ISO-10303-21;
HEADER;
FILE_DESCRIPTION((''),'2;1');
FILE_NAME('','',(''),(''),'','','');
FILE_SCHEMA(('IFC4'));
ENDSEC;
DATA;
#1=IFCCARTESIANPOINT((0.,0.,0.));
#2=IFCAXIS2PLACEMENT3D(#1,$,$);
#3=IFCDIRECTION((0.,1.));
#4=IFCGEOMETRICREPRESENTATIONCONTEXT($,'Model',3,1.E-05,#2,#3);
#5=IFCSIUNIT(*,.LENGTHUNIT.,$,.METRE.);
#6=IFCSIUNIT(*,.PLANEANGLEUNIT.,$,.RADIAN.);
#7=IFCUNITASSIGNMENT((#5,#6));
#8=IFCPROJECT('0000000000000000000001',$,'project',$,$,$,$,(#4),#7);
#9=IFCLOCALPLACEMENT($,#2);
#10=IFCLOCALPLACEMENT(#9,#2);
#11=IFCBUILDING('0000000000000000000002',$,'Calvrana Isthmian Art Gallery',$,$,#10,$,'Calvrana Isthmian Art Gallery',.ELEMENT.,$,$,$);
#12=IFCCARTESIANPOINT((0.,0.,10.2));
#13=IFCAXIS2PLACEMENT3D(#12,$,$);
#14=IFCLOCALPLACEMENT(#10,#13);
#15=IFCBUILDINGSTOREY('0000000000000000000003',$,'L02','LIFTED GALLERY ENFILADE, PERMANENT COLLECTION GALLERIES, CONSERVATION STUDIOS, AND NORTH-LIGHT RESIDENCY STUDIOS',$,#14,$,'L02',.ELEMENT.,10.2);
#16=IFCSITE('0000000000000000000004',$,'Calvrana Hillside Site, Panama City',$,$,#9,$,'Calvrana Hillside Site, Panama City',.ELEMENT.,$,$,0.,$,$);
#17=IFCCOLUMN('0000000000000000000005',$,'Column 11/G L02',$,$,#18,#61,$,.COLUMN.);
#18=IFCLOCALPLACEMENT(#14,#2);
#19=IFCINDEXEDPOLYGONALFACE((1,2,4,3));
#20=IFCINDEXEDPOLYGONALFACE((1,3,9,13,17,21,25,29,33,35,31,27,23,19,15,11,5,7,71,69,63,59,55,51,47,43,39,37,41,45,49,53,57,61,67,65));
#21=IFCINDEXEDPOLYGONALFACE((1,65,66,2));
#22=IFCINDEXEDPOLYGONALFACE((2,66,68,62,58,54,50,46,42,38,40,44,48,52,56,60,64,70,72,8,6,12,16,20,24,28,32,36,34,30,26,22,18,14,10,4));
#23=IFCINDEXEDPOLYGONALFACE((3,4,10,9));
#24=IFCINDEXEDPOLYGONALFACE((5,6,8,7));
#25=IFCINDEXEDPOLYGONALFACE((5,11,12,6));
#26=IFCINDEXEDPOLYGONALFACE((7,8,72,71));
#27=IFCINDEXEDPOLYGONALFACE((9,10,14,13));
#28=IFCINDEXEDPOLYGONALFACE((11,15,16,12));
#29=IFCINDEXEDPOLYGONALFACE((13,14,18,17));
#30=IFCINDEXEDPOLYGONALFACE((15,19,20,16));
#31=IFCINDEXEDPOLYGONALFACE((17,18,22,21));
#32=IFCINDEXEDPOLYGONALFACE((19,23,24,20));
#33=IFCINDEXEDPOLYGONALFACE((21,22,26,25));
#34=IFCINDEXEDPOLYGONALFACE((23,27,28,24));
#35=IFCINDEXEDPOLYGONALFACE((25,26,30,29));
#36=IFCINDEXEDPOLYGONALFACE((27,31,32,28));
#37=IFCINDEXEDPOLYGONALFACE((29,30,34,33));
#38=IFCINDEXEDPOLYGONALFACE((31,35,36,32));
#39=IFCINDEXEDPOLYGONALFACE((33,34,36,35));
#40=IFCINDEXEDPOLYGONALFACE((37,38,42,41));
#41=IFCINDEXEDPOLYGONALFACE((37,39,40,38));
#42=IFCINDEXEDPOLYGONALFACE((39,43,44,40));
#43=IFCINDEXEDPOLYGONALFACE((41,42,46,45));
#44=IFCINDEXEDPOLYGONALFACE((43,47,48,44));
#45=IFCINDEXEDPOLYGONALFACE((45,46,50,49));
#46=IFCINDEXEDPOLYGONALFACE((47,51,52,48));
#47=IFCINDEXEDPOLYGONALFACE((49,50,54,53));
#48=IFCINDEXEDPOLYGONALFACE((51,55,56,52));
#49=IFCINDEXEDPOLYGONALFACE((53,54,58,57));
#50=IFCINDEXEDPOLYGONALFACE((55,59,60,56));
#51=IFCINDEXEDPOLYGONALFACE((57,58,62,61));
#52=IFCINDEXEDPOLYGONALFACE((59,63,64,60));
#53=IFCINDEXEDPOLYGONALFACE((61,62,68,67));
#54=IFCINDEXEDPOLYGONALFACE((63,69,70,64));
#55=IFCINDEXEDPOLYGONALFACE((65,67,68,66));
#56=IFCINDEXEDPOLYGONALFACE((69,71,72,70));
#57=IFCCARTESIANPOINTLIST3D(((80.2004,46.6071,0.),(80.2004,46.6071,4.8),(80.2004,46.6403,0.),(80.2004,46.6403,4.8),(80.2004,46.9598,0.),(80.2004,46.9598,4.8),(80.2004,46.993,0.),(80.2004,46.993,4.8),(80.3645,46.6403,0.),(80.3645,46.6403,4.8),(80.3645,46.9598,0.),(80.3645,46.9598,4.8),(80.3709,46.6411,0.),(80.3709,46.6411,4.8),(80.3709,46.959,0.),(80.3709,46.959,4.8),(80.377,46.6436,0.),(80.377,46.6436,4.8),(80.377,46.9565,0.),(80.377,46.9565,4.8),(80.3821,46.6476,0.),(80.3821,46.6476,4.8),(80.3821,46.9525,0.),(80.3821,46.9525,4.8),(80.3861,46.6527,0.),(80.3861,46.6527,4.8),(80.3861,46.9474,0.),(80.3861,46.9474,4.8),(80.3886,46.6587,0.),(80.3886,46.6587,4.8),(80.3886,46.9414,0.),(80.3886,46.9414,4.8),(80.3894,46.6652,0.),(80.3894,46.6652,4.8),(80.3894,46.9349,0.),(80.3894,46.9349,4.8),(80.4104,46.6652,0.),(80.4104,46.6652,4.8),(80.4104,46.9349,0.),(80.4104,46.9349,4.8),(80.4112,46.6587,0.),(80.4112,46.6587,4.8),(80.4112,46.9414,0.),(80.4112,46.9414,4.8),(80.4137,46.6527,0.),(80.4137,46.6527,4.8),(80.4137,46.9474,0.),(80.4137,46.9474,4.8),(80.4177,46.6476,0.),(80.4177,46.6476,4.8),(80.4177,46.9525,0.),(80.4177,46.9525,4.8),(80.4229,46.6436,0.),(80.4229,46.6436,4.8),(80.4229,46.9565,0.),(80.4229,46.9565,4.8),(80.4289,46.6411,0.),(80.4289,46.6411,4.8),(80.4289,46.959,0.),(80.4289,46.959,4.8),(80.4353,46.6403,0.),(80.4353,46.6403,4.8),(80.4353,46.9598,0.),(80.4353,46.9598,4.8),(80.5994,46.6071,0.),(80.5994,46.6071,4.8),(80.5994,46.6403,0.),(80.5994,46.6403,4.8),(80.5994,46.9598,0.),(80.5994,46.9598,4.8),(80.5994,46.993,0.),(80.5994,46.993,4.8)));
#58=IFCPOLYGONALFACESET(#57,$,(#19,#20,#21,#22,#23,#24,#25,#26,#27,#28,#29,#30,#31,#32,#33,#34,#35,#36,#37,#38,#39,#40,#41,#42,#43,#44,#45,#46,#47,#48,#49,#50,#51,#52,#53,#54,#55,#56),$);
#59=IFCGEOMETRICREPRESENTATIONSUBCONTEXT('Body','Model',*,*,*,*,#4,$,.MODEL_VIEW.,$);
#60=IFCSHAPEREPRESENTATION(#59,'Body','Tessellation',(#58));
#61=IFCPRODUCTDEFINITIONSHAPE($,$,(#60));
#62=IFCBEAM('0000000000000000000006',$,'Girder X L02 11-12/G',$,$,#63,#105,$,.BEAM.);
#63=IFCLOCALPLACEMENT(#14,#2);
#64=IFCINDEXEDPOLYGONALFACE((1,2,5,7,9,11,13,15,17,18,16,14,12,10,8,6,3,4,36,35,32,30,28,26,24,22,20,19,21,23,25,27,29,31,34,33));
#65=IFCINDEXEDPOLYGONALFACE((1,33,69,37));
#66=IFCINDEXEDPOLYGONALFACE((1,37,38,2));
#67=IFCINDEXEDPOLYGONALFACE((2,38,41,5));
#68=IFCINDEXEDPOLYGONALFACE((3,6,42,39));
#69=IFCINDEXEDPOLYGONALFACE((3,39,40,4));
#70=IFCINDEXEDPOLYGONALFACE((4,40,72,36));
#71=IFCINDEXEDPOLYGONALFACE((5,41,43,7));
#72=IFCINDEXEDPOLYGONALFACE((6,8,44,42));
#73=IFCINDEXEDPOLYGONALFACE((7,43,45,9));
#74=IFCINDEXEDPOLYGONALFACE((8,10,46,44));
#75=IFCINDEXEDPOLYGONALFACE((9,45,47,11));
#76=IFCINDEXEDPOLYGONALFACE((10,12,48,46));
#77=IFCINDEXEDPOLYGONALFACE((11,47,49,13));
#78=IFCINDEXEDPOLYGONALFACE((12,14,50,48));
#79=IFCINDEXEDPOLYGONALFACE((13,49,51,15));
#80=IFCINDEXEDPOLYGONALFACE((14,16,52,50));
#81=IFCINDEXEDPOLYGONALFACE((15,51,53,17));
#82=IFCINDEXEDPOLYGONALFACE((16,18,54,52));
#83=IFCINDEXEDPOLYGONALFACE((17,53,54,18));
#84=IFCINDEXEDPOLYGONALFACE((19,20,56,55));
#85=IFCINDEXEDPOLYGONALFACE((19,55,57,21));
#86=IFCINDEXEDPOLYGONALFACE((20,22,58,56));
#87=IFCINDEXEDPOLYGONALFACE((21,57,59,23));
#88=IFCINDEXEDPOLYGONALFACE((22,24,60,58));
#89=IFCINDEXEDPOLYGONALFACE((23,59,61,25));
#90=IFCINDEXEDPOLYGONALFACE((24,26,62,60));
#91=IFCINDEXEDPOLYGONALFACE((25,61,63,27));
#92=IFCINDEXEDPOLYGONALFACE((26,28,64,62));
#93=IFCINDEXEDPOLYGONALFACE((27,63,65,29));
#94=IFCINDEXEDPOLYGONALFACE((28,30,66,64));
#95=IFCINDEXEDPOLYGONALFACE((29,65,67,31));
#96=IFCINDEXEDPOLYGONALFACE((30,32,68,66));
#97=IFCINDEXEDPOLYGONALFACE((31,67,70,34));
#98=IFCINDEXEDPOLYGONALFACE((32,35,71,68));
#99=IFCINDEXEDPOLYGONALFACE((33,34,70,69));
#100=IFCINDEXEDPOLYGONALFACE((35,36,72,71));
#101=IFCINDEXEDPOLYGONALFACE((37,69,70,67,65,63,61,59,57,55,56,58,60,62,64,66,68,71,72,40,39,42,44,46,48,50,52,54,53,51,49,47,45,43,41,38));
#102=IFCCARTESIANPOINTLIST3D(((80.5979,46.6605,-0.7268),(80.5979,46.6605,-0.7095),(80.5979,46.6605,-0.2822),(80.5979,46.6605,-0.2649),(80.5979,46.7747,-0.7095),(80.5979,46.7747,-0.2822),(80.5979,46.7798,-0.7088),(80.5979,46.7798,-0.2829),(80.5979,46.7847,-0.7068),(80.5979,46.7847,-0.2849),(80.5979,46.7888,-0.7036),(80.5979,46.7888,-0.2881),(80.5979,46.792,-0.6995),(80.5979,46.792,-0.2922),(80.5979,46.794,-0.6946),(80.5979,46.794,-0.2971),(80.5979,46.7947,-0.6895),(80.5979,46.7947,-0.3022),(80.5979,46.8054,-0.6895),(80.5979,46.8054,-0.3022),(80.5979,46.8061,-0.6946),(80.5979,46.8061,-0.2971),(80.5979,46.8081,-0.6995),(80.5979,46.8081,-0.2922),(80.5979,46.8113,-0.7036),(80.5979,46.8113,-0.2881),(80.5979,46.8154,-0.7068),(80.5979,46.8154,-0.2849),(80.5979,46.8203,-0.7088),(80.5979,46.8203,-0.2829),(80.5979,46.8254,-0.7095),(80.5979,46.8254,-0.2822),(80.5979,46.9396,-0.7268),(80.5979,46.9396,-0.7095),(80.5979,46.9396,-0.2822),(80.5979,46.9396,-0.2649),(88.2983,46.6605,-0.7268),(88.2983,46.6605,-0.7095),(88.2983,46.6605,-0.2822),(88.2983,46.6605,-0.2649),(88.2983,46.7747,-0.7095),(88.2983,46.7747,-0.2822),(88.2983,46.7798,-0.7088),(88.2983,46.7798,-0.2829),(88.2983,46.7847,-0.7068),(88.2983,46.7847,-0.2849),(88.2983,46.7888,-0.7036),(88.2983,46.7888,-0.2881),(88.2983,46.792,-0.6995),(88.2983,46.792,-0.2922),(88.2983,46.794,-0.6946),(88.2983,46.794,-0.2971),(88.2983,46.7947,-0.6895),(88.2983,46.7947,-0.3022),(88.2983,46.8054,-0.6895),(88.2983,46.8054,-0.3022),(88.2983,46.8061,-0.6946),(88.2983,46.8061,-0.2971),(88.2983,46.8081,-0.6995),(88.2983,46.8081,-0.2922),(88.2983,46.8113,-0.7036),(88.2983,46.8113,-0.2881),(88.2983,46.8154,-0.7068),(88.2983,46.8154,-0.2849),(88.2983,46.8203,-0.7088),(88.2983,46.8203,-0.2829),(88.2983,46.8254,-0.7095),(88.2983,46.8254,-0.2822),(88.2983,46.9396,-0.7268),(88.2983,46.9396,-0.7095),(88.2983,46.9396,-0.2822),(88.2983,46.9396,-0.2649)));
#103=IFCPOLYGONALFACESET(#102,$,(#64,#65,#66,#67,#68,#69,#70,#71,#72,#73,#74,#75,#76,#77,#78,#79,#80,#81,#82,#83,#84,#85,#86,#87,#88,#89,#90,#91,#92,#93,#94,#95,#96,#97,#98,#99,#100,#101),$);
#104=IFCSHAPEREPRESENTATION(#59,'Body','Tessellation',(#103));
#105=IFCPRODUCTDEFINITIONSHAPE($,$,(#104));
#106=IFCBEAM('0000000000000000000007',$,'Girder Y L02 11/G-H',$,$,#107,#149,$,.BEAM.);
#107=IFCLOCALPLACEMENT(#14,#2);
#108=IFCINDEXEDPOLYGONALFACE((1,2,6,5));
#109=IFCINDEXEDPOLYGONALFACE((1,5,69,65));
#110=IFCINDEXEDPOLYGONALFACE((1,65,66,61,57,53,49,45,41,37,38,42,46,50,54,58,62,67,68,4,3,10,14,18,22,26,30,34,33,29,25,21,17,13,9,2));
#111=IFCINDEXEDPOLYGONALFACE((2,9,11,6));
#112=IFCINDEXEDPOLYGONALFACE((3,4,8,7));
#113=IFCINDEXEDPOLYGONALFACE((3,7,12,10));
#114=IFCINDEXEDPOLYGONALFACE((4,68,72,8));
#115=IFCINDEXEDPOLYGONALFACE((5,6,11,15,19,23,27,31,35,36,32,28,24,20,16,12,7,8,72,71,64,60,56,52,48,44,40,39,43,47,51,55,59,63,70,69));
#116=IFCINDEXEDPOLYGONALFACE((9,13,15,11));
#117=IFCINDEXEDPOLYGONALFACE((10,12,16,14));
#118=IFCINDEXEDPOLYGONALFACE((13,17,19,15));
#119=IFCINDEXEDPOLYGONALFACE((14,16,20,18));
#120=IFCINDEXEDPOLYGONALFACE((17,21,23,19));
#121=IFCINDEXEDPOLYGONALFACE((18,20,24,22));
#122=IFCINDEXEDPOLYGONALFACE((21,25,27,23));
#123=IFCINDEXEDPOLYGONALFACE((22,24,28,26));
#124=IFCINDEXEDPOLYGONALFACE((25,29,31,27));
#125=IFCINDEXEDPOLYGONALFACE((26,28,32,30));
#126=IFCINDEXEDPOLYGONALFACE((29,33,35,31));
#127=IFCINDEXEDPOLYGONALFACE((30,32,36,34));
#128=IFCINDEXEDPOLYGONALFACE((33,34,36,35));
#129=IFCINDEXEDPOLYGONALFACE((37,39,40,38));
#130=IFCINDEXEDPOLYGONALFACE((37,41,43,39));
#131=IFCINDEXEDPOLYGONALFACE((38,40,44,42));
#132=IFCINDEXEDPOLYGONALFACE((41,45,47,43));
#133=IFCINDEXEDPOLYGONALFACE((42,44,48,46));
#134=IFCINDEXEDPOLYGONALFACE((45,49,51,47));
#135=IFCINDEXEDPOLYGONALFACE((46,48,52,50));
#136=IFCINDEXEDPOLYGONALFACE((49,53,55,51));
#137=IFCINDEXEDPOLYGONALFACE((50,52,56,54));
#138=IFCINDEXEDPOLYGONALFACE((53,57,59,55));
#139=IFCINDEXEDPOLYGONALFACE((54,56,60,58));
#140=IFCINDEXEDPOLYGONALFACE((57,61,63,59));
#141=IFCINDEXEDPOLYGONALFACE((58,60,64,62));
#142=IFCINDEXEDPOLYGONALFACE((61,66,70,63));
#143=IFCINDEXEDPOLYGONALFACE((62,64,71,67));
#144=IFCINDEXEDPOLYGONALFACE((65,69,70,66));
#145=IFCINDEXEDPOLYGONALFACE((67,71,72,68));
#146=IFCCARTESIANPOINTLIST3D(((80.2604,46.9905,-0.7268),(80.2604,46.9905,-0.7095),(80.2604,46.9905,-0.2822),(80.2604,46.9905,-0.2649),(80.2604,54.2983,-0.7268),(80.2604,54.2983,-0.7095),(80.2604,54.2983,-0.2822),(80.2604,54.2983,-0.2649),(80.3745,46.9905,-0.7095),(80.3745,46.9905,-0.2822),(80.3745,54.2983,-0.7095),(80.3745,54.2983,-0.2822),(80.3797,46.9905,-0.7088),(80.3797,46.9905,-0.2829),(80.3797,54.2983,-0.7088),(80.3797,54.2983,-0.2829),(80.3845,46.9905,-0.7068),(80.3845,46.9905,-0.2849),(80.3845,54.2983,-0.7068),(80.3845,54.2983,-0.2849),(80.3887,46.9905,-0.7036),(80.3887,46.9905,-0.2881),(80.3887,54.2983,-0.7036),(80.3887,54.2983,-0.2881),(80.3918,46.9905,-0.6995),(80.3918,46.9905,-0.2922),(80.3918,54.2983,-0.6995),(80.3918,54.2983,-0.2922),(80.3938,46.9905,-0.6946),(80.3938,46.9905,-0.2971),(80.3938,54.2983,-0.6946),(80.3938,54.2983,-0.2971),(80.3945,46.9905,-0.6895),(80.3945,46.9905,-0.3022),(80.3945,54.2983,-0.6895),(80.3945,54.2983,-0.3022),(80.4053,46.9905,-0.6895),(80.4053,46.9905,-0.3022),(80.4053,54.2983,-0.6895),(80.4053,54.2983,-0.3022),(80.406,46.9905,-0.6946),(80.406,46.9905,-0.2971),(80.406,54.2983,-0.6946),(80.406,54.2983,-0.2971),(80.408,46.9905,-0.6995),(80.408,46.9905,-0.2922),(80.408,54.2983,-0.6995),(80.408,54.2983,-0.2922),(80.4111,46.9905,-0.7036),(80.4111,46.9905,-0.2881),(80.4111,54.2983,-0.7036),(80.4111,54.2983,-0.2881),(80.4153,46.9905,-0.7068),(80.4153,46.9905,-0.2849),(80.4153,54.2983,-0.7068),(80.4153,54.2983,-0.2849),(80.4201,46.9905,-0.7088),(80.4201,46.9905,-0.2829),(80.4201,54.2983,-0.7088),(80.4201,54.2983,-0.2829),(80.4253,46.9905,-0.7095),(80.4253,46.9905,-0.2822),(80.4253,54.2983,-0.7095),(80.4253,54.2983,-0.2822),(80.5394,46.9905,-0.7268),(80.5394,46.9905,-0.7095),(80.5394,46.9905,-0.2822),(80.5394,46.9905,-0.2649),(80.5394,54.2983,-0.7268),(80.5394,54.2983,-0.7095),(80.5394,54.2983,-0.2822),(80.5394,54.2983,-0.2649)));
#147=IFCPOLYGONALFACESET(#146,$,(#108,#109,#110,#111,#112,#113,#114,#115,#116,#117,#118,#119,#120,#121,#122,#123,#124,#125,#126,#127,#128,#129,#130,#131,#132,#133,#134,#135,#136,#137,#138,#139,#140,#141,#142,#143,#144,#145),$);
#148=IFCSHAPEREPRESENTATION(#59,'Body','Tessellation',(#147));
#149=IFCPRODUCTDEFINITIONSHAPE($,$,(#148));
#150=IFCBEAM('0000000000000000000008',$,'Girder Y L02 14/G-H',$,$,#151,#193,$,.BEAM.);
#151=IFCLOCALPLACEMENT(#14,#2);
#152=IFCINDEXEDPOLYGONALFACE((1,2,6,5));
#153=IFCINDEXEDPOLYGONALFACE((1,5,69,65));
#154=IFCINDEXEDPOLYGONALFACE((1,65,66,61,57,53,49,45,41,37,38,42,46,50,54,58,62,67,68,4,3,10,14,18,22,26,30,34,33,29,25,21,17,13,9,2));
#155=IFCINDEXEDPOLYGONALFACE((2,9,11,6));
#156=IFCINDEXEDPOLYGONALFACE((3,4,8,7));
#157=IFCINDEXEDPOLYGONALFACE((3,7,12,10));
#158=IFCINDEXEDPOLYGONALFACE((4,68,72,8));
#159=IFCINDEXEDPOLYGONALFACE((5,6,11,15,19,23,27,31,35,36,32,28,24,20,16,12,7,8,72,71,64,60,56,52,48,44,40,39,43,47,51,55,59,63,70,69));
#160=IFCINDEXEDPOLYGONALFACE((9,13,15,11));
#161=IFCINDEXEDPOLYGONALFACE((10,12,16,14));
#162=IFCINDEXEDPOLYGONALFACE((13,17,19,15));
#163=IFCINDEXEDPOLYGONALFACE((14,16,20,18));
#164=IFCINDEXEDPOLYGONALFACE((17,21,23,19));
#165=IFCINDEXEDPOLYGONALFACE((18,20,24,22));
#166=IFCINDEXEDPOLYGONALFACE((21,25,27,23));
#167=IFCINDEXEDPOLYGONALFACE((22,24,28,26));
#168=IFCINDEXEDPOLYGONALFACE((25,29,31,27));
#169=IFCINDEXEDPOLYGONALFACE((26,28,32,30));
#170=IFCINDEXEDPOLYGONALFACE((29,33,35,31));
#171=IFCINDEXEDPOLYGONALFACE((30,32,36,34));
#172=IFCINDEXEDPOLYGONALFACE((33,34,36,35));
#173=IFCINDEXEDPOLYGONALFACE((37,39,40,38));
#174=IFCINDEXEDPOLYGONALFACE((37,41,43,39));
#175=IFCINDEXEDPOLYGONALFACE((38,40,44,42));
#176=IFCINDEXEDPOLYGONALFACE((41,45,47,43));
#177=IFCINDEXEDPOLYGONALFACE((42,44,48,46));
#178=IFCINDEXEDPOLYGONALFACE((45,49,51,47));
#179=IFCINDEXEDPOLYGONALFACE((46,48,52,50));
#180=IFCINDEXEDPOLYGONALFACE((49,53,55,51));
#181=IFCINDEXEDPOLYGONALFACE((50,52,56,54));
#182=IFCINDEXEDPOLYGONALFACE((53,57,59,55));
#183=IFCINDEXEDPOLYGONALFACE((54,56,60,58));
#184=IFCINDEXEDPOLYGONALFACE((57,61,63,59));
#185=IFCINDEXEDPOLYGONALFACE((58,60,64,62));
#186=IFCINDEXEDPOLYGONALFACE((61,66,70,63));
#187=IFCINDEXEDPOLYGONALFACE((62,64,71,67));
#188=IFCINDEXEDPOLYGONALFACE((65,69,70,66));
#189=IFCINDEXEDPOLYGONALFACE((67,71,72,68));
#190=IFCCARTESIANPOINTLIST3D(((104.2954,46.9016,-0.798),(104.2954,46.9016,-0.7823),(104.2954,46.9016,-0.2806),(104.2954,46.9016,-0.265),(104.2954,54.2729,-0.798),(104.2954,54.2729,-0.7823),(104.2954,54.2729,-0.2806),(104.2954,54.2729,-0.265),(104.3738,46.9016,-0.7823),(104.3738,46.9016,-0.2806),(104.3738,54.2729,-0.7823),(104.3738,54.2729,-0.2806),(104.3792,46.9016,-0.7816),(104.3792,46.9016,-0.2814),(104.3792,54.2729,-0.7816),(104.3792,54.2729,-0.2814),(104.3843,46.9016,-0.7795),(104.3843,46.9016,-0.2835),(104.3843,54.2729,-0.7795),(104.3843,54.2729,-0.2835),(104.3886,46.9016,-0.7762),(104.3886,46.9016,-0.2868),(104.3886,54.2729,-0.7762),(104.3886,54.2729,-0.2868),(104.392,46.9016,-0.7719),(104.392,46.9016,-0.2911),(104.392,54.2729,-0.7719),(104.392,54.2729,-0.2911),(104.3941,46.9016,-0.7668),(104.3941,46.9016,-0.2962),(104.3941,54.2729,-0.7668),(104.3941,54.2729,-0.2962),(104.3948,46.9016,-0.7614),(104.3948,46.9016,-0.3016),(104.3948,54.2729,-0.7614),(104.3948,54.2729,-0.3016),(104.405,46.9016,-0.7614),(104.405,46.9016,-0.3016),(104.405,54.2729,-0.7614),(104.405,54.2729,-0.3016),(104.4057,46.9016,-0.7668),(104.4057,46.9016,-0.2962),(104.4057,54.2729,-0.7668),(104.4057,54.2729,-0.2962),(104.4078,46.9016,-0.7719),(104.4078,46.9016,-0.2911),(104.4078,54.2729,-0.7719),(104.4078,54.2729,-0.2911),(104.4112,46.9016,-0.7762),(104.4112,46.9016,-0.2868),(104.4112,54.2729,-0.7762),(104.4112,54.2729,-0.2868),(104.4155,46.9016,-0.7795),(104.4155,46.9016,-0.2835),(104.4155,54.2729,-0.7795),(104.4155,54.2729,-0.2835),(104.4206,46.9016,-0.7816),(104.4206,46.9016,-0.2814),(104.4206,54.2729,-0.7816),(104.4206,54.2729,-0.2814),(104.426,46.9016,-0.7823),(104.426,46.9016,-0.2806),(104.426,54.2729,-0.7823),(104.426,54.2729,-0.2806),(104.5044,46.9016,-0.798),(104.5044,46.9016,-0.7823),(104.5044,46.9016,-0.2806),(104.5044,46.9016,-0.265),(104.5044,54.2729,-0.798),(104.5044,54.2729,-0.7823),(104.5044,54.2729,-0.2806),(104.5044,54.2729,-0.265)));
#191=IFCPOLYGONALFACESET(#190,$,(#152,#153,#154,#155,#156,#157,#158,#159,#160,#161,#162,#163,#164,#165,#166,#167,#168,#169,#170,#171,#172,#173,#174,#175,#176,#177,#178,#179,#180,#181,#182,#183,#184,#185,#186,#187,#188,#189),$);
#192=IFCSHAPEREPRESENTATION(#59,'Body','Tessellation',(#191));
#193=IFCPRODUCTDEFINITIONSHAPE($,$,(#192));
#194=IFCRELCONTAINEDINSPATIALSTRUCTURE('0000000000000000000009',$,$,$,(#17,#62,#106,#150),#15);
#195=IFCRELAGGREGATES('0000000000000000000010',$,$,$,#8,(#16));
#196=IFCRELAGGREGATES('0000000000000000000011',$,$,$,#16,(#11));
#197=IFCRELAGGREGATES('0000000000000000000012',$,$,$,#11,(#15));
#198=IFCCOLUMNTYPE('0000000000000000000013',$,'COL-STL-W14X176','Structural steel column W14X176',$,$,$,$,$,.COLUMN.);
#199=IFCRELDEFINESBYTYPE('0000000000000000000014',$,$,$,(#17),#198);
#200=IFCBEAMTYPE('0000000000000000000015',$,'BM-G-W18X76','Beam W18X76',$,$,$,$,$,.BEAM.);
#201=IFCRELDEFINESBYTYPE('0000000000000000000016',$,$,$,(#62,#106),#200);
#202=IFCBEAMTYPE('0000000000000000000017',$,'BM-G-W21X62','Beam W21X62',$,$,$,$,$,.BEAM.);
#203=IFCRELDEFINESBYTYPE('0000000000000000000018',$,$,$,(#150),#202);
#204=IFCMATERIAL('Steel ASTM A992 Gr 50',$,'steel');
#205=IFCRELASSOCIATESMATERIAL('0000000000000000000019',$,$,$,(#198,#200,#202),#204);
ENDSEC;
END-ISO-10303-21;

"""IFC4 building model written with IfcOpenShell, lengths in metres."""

from ifc_helpers import new_model, si_unit, direction, frame, origin, origin_2d, place, context, subcontext, project, spatial, i_section, extrude, material, material_profile, profile_set, type_object, element, save


model = new_model("IFC4")

# Units and contexts
model_context = context("Model", 3, precision=1e-05, world=origin(), true_north=direction((0.0, 1.0)))
body_context = subcontext(model_context, "Body", "Model", "MODEL_VIEW")
ifc_project = project(units=[si_unit("LENGTHUNIT", "METRE"), si_unit("PLANEANGLEUNIT", "RADIAN")], contexts=[model_context])

# Site, building, storey
site_placement = place(None, origin())
site = spatial("IfcSite", under=ifc_project, at=site_placement, Name="Calvrana Hillside Site, Panama City", LongName="Calvrana Hillside Site, Panama City", CompositionType="ELEMENT", RefElevation=0.0)
building_placement = place(site_placement, origin())
building = spatial("IfcBuilding", under=site, at=building_placement, Name="Calvrana Isthmian Art Gallery", LongName="Calvrana Isthmian Art Gallery", CompositionType="ELEMENT")
storey_placement = place(building_placement, frame((0.0, 0.0, 10.2)))
storey = spatial("IfcBuildingStorey", under=building, at=storey_placement, Name="L02", Description="LIFTED GALLERY ENFILADE, PERMANENT COLLECTION GALLERIES, CONSERVATION STUDIOS, AND NORTH-LIGHT RESIDENCY STUDIOS", LongName="L02", CompositionType="ELEMENT", Elevation=10.2)

# Column
ifc_material_1 = material(Name="Steel ASTM A992 Gr 50", Category="steel")
ifc_material_profile_1 = material_profile(ifc_material_1, i_section(OverallWidth=0.3989, OverallDepth=0.386, WebThickness=0.021, FlangeThickness=0.0332, FilletRadius=0.0249, at=origin_2d()), Name="W14X176")
ifc_profile_set_1 = profile_set([ifc_material_profile_1], Name="Steel ASTM A992 Gr 50")
column_type = type_object("IfcColumnType", Name="COL-STL-W14X176", Description="Structural steel column W14X176", PredefinedType="COLUMN", material=ifc_profile_set_1)
column_placement = place(storey_placement, frame((80.3999, 46.8, 0.0), z_axis=(0.0, 0.0, 1.0), x_axis=(1.0, 0.0, 0.0)))
element("IfcColumn", 1, at=column_placement, inside=storey, type_object=column_type, Name="Column 11/G L02", PredefinedType="COLUMN", context=body_context, shape_type="SweptSolid", body=[
    extrude(i_section(OverallWidth=0.3989, OverallDepth=0.386, WebThickness=0.021, FlangeThickness=0.0332, FilletRadius=0.0249, at=origin_2d()), origin(), (0.0, 0.0, 1.0), 4.8),
])

# Beams
ifc_material_profile_2 = material_profile(ifc_material_1, i_section(OverallWidth=0.2791, OverallDepth=0.4619, WebThickness=0.0107, FlangeThickness=0.0173, FilletRadius=0.02, at=origin_2d()), Name="W18X76")
ifc_profile_set_2 = profile_set([ifc_material_profile_2], Name="Steel ASTM A992 Gr 50")
beam_type_1 = type_object("IfcBeamType", Name="BM-G-W18X76", Description="Beam W18X76", PredefinedType="BEAM", material=ifc_profile_set_2)
beam_1_placement = place(storey_placement, frame((80.5979, 46.8, -0.4958), z_axis=(1.0, 0.0, 0.0), x_axis=(0.0, 1.0, 0.0)))
element("IfcBeam", 2, at=beam_1_placement, inside=storey, type_object=beam_type_1, Name="Girder X L02 11-12/G", PredefinedType="BEAM", context=body_context, shape_type="SweptSolid", body=[
    extrude(i_section(OverallWidth=0.2791, OverallDepth=0.4619, WebThickness=0.0107, FlangeThickness=0.0173, FilletRadius=0.02, at=origin_2d()), origin(), (0.0, 0.0, 1.0), 7.7004),
])
beam_2_placement = place(storey_placement, frame((80.3999, 46.9905, -0.4958), z_axis=(0.0, 1.0, 0.0), x_axis=(-1.0, 0.0, 0.0)))
element("IfcBeam", 3, at=beam_2_placement, inside=storey, type_object=beam_type_1, Name="Girder Y L02 11/G-H", PredefinedType="BEAM", context=body_context, shape_type="SweptSolid", body=[
    extrude(i_section(OverallWidth=0.2791, OverallDepth=0.4619, WebThickness=0.0107, FlangeThickness=0.0173, FilletRadius=0.02, at=origin_2d()), origin(), (0.0, 0.0, 1.0), 7.3079),
])
ifc_material_profile_3 = material_profile(ifc_material_1, i_section(OverallWidth=0.209, OverallDepth=0.533, WebThickness=0.0103, FlangeThickness=0.0156, FilletRadius=0.021, at=origin_2d()), Name="W21X62")
ifc_profile_set_3 = profile_set([ifc_material_profile_3], Name="Steel ASTM A992 Gr 50")
beam_type_2 = type_object("IfcBeamType", Name="BM-G-W21X62", Description="Beam W21X62", PredefinedType="BEAM", material=ifc_profile_set_3)
beam_3_placement = place(storey_placement, frame((104.3999, 46.9016, -0.5315), z_axis=(0.0, 1.0, 0.0), x_axis=(-1.0, 0.0, 0.0)))
element("IfcBeam", 4, at=beam_3_placement, inside=storey, type_object=beam_type_2, Name="Girder Y L02 14/G-H", PredefinedType="BEAM", context=body_context, shape_type="SweptSolid", body=[
    extrude(i_section(OverallWidth=0.209, OverallDepth=0.533, WebThickness=0.0103, FlangeThickness=0.0156, FilletRadius=0.021, at=origin_2d()), origin(), (0.0, 0.0, 1.0), 7.3713),
])

save(model, "model.ifc")
